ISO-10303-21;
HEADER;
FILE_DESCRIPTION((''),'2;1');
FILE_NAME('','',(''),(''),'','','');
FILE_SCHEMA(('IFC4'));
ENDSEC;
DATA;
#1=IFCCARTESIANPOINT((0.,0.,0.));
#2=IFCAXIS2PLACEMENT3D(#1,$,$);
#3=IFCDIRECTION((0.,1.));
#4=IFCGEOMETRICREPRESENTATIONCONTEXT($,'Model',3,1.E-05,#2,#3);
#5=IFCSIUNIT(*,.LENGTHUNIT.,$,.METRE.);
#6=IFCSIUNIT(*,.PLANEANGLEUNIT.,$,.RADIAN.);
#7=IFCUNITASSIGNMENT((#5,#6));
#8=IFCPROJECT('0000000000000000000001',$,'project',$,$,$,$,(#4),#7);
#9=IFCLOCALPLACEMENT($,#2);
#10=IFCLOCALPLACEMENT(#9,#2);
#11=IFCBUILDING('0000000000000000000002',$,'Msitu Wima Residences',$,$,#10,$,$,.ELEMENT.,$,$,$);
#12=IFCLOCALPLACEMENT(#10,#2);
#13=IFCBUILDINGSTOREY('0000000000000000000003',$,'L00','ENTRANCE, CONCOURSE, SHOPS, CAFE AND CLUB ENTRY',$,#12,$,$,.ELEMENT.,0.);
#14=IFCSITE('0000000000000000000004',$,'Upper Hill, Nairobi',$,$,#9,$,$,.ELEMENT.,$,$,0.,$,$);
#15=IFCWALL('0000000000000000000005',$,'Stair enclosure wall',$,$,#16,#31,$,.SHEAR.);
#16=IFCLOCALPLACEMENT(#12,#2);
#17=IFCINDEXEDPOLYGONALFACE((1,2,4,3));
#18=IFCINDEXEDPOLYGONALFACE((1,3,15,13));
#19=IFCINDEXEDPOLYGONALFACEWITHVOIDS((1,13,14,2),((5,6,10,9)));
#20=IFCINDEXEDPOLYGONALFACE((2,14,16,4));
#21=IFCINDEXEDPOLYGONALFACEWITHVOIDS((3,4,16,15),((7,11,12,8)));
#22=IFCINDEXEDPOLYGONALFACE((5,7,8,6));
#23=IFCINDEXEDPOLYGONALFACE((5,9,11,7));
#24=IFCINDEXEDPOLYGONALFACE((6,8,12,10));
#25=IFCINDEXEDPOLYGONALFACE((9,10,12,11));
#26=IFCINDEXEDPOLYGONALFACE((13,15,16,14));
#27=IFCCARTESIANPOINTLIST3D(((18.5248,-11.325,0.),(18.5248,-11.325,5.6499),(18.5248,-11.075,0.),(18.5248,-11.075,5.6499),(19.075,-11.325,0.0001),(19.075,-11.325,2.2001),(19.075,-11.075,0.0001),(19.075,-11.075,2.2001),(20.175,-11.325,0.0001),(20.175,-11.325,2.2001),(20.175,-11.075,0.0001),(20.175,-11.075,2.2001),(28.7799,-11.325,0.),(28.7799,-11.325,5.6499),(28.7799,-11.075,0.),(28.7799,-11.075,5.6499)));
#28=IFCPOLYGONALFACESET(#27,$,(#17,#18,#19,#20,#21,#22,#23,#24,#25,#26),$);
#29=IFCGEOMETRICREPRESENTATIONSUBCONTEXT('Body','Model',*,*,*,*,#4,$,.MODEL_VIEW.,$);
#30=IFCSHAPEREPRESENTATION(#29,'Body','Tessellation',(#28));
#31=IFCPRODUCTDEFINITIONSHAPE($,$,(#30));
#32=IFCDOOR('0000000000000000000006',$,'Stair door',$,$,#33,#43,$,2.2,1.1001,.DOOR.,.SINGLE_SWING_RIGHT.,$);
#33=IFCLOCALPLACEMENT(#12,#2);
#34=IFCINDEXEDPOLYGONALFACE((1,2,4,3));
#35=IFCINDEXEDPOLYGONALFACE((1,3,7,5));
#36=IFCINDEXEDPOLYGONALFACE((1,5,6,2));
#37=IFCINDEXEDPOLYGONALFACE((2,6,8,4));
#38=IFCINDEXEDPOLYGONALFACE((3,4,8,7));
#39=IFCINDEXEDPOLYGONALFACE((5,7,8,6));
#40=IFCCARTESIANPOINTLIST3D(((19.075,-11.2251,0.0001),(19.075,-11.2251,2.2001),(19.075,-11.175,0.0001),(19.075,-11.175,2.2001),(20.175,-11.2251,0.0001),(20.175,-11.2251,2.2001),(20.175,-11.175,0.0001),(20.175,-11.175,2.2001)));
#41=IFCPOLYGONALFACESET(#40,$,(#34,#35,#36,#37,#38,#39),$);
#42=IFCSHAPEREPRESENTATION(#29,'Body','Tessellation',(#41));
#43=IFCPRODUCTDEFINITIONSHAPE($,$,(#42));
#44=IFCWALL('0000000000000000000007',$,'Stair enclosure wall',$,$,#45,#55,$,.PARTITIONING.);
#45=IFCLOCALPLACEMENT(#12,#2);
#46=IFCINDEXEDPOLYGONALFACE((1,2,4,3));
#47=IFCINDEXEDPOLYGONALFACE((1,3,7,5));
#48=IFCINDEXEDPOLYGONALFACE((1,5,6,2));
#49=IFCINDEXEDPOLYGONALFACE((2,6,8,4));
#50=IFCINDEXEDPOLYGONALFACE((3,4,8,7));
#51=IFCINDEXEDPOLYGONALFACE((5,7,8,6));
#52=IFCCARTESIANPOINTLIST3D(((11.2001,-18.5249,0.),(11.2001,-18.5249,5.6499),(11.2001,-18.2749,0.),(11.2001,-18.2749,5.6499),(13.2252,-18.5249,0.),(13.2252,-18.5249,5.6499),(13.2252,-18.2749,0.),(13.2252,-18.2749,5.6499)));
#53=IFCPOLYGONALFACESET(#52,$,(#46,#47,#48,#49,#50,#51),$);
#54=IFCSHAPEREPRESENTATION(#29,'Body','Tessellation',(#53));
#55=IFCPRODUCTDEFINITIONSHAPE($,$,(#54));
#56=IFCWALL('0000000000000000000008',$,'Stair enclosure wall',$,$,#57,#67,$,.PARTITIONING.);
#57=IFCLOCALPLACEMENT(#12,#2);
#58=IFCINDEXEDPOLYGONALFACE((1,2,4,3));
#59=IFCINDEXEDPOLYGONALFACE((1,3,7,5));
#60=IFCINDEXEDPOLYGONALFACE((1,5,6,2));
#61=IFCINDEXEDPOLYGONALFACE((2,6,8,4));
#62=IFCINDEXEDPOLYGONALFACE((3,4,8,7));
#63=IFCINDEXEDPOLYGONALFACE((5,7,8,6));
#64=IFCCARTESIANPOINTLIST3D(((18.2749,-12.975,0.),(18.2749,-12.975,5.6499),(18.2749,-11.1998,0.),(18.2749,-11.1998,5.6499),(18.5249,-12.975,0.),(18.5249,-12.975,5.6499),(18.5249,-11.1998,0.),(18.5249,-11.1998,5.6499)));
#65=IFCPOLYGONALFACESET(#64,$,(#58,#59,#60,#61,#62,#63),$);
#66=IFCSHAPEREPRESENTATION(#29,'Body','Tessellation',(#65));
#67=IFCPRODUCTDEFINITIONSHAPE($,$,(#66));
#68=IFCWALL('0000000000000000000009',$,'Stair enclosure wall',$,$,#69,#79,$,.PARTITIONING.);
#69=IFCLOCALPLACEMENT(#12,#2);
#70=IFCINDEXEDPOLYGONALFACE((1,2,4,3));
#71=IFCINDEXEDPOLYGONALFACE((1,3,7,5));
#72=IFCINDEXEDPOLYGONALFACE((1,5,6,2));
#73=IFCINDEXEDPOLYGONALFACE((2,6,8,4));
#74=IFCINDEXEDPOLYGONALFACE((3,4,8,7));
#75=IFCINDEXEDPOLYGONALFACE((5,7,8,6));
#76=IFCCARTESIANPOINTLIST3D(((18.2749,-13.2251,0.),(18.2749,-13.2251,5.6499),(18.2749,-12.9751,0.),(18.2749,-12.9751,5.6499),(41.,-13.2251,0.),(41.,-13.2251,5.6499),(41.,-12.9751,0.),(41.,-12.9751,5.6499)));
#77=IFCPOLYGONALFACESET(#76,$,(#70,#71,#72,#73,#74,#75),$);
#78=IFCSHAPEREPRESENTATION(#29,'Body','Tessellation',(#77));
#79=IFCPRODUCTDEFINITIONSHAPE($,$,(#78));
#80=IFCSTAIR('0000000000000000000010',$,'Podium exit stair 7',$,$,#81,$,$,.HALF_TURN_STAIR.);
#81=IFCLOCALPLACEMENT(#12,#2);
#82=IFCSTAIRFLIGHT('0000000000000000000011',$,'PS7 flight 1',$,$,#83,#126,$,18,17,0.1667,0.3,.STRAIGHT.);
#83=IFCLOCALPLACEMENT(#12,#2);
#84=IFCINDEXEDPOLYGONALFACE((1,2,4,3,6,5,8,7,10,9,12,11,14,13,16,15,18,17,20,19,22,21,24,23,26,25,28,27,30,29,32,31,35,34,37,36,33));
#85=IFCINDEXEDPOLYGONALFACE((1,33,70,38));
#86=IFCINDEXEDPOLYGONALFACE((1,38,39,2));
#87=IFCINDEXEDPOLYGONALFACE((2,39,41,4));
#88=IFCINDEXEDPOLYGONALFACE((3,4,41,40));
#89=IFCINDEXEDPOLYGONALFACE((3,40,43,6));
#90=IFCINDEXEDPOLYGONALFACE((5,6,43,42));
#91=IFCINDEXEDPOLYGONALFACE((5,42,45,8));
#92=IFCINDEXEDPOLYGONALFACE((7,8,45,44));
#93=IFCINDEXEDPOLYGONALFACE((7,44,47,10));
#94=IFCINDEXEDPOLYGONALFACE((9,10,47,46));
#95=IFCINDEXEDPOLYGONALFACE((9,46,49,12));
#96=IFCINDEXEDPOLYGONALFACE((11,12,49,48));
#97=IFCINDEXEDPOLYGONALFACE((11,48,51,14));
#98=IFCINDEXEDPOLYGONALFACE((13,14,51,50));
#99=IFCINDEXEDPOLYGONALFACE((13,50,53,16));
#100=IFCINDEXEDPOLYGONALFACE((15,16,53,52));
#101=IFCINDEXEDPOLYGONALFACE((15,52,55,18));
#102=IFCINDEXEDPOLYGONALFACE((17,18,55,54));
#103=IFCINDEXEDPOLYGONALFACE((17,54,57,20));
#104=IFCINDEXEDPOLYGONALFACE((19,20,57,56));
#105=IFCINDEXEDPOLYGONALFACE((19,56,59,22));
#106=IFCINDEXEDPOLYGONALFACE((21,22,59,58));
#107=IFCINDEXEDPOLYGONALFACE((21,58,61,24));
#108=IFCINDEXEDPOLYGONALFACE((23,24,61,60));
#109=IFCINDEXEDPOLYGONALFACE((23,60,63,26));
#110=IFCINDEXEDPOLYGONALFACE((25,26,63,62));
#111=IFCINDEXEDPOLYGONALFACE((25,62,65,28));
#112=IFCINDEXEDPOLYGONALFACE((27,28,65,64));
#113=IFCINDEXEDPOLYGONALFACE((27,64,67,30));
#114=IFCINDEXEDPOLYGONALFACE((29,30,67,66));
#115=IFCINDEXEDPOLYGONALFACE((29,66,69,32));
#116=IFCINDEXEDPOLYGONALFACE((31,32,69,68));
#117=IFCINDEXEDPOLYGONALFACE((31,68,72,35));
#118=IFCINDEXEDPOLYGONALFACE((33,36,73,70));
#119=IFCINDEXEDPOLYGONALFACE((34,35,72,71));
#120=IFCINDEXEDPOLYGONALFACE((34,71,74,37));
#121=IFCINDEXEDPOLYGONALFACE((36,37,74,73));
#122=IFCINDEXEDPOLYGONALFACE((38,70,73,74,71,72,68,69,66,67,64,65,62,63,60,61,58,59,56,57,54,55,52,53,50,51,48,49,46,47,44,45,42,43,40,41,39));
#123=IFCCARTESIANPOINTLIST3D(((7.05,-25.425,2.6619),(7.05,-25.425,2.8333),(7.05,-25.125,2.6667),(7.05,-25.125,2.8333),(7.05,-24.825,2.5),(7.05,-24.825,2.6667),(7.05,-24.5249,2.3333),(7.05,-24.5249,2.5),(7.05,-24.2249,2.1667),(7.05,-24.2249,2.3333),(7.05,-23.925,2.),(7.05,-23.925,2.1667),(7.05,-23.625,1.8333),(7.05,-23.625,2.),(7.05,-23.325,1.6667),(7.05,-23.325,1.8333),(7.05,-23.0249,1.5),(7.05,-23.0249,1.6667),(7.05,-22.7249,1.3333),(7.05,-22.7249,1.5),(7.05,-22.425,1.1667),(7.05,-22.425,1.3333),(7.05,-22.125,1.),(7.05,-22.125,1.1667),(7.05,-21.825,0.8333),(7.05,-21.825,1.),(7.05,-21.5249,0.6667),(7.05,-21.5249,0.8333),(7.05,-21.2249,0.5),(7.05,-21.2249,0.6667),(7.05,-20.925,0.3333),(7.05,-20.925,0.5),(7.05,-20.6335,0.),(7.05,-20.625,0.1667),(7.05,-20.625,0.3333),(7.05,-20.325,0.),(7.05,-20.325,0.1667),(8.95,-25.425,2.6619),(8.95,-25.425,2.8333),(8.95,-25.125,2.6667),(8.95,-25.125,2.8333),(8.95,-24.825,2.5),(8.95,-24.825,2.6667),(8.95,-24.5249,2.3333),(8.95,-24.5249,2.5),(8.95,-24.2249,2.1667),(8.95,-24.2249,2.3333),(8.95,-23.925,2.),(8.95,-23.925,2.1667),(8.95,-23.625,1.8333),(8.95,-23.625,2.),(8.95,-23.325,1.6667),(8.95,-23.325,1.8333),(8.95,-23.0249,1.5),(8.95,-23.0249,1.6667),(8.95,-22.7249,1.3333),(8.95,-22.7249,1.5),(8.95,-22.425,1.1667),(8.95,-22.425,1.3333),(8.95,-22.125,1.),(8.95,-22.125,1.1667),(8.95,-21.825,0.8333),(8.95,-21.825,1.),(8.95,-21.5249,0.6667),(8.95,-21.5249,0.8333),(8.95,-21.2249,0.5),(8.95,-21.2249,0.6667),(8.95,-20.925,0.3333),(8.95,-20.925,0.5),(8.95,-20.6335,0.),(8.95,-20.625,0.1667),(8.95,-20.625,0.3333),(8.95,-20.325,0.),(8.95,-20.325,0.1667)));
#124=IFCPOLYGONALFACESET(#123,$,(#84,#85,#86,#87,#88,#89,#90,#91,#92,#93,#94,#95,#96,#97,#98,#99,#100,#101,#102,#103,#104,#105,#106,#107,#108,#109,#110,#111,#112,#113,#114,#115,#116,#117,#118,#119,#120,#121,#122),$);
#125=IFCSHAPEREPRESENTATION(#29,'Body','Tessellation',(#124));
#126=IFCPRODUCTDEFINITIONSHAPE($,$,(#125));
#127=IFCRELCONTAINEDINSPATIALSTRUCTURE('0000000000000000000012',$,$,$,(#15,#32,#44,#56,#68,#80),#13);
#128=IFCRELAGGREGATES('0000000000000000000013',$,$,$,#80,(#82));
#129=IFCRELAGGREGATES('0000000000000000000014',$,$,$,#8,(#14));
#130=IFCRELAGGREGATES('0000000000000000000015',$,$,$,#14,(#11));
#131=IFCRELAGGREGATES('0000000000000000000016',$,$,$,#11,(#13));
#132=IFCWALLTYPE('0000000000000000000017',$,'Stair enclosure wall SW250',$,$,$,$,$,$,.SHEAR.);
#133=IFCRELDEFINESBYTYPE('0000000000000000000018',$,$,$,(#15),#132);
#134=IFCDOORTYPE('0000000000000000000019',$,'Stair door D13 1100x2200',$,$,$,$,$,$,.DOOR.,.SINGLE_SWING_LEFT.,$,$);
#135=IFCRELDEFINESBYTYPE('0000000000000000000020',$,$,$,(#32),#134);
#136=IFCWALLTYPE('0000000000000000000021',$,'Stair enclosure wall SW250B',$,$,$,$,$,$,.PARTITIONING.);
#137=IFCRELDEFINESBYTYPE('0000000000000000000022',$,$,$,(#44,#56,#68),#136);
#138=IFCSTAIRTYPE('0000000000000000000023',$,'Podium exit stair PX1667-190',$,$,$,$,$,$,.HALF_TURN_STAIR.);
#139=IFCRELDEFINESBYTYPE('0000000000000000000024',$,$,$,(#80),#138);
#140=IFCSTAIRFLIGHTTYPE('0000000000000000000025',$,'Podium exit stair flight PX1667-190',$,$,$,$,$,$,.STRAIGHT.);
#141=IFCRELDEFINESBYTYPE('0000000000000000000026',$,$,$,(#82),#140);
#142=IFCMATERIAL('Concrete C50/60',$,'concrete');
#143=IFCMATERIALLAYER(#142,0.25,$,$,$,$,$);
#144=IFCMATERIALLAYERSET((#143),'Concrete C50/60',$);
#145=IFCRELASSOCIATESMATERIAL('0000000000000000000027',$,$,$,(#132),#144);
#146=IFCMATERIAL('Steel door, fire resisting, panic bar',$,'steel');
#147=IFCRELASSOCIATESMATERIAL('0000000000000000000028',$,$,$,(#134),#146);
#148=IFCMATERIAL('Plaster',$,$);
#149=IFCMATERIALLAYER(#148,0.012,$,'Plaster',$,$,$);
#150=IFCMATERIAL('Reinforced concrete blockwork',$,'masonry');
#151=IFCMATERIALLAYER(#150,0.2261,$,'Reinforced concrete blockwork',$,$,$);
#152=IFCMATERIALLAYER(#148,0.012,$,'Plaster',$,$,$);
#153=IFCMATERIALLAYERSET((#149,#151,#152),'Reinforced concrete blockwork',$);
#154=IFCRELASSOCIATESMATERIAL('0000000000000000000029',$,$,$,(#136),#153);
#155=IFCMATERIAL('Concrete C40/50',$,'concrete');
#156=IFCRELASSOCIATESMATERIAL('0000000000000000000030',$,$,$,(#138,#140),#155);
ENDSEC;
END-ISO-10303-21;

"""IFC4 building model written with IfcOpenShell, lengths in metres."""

from ifc_helpers import new_model, si_unit, direction, frame, frame_2d, origin, place, context, subcontext, project, spatial, polyline, rectangle, outline, extrude, material, layer, layer_set, type_object, element, fill, aggregate, save


model = new_model("IFC4")

# Units and contexts
model_context = context("Model", 3, precision=1e-05, world=origin(), true_north=direction((0.0, 1.0)))
body_context = subcontext(model_context, "Body", "Model", "MODEL_VIEW")
ifc_project = project(units=[si_unit("LENGTHUNIT", "METRE"), si_unit("PLANEANGLEUNIT", "RADIAN")], contexts=[model_context])

# Site, building, storey
site_placement = place(None, origin())
site = spatial("IfcSite", under=ifc_project, at=site_placement, Name="Upper Hill, Nairobi", CompositionType="ELEMENT", RefElevation=0.0)
building_placement = place(site_placement, origin())
building = spatial("IfcBuilding", under=site, at=building_placement, Name="Msitu Wima Residences", CompositionType="ELEMENT")
storey_placement = place(building_placement, origin())
storey = spatial("IfcBuildingStorey", under=building, at=storey_placement, Name="L00", Description="ENTRANCE, CONCOURSE, SHOPS, CAFE AND CLUB ENTRY", CompositionType="ELEMENT", Elevation=0.0)

# Shared definitions
ifc_material_1 = material(Name="Concrete C40/50", Category="concrete")

# Shared definitions
ifc_material_2 = material(Name="Plaster")

# Wall, opening, door
ifc_material_3 = material(Name="Concrete C50/60", Category="concrete")
ifc_layer_1 = layer(ifc_material_3, 0.25)
ifc_layer_set_1 = layer_set([ifc_layer_1], Name="Concrete C50/60")
wall_type_1 = type_object("IfcWallType", Name="Stair enclosure wall SW250", PredefinedType="SHEAR", material=ifc_layer_set_1)
ifc_material_4 = material(Name="Steel door, fire resisting, panic bar", Category="steel")
door_type_1 = type_object("IfcDoorType", Name="Stair door D13 1100x2200", OperationType="SINGLE_SWING_LEFT", PredefinedType="DOOR", material=ifc_material_4)
wall_1_placement = place(storey_placement, frame((18.5249, -11.2, 0.0), z_axis=(0.0, 0.0, 1.0), x_axis=(1.0, 0.0, 0.0)))
wall_1 = element("IfcWall", 1, at=wall_1_placement, inside=storey, type_object=wall_type_1, Name="Stair enclosure wall", PredefinedType="SHEAR", context=body_context, shape_type="SweptSolid", body=[
    extrude(rectangle(XDim=10.2551, YDim=0.25, at=frame_2d((5.1274, 0.0))), origin(), (0.0, 0.0, 1.0), 5.6499),
])
opening_1_placement = place(wall_1_placement, frame((0.55, 0.0, 0.0)))
opening_1 = element("IfcOpeningElement", 2, at=opening_1_placement, cuts=wall_1, PredefinedType="OPENING", context=body_context, shape_type="SweptSolid", body=[
    extrude(rectangle(XDim=1.1001, YDim=2.2, at=frame_2d((0.55, 1.1001))), frame((0.0, 0.135, 0.0), z_axis=(0.0, -1.0, 0.0), x_axis=(1.0, 0.0, 0.0)), (0.0, 0.0, 1.0), 0.27),
])
door_1_placement = place(opening_1_placement, origin())
door_1 = element("IfcDoor", 3, at=door_1_placement, inside=storey, type_object=door_type_1, Name="Stair door", OperationType="SINGLE_SWING_RIGHT", OverallHeight=2.2, OverallWidth=1.1001, PredefinedType="DOOR", context=body_context, shape_type="SweptSolid", body=[
    extrude(rectangle(XDim=1.1001, YDim=2.2, at=frame_2d((0.55, 1.1001))), frame((0.0, 0.0249, 0.0), z_axis=(0.0, -1.0, 0.0), x_axis=(1.0, 0.0, 0.0)), (0.0, 0.0, 1.0), 0.05),
])
fill(opening_1, door_1)

# Walls
ifc_layer_2 = layer(ifc_material_2, 0.012, Name="Plaster")
ifc_material_5 = material(Name="Reinforced concrete blockwork", Category="masonry")
ifc_layer_3 = layer(ifc_material_5, 0.2261, Name="Reinforced concrete blockwork")
ifc_layer_4 = layer(ifc_material_2, 0.012, Name="Plaster")
ifc_layer_set_2 = layer_set([ifc_layer_2, ifc_layer_3, ifc_layer_4], Name="Reinforced concrete blockwork")
wall_type_2 = type_object("IfcWallType", Name="Stair enclosure wall SW250B", PredefinedType="PARTITIONING", material=ifc_layer_set_2)
wall_2_placement = place(storey_placement, frame((11.2, -18.3999, 0.0), z_axis=(0.0, 0.0, 1.0), x_axis=(1.0, 0.0, 0.0)))
element("IfcWall", 4, at=wall_2_placement, inside=storey, type_object=wall_type_2, Name="Stair enclosure wall", PredefinedType="PARTITIONING", context=body_context, shape_type="SweptSolid", body=[
    extrude(rectangle(XDim=2.0251, YDim=0.25, at=frame_2d((1.0127, 0.0))), origin(), (0.0, 0.0, 1.0), 5.6499),
])
wall_3_placement = place(storey_placement, frame((18.3999, -12.9751, 0.0), z_axis=(0.0, 0.0, 1.0), x_axis=(0.0, 1.0, 0.0)))
element("IfcWall", 5, at=wall_3_placement, inside=storey, type_object=wall_type_2, Name="Stair enclosure wall", PredefinedType="PARTITIONING", context=body_context, shape_type="SweptSolid", body=[
    extrude(rectangle(XDim=1.7751, YDim=0.25, at=frame_2d((0.8877, 0.0))), origin(), (0.0, 0.0, 1.0), 5.6499),
])
wall_4_placement = place(storey_placement, frame((18.2749, -13.1001, 0.0), z_axis=(0.0, 0.0, 1.0), x_axis=(1.0, 0.0, 0.0)))
element("IfcWall", 6, at=wall_4_placement, inside=storey, type_object=wall_type_2, Name="Stair enclosure wall", PredefinedType="PARTITIONING", context=body_context, shape_type="SweptSolid", body=[
    extrude(rectangle(XDim=22.7251, YDim=0.25, at=frame_2d((11.3625, 0.0))), origin(), (0.0, 0.0, 1.0), 5.6499),
])

# Stair, stair flight
stair_type = type_object("IfcStairType", Name="Podium exit stair PX1667-190", PredefinedType="HALF_TURN_STAIR", material=ifc_material_1)
stair_placement = place(storey_placement, origin())
stair = element("IfcStair", 7, at=stair_placement, inside=storey, type_object=stair_type, Name="Podium exit stair 7", PredefinedType="HALF_TURN_STAIR")
stair_flight_type = type_object("IfcStairFlightType", Name="Podium exit stair flight PX1667-190", PredefinedType="STRAIGHT", material=ifc_material_1)
stair_flight_placement = place(storey_placement, frame((8.0, -20.325, 0.0), z_axis=(0.0, 0.0, 1.0), x_axis=(0.0, -1.0, 0.0)))
stair_flight = element("IfcStairFlight", 8, at=stair_flight_placement, type_object=stair_flight_type, Name="PS7 flight 1", NumberOfRisers=18, NumberOfTreads=17, PredefinedType="STRAIGHT", RiserHeight=0.1667, TreadLength=0.3, context=body_context, shape_type="SweptSolid", body=[
    extrude(outline(polyline([(0.0, 0.0), (0.0, 0.1667), (0.3, 0.1667), (0.3, 0.3333), (0.6001, 0.3333), (0.6001, 0.5), (0.8999, 0.5), (0.8999, 0.6667), (1.2, 0.6667), (1.2, 0.8333), (1.5, 0.8333), (1.5, 1.0), (1.8, 1.0), (1.8, 1.1667), (2.1001, 1.1667), (2.1001, 1.3333), (2.3999, 1.3333), (2.3999, 1.5), (2.7, 1.5), (2.7, 1.6667), (3.0, 1.6667), (3.0, 1.8333), (3.3, 1.8333), (3.3, 2.0), (3.6001, 2.0), (3.6001, 2.1667), (3.8999, 2.1667), (3.8999, 2.3333), (4.2, 2.3333), (4.2, 2.5), (4.5, 2.5), (4.5, 2.6667), (4.8, 2.6667), (4.8, 2.8333), (5.1001, 2.8333), (5.1001, 3.0), (5.1001, 2.6619), (0.3086, 0.0), (0.0, 0.0)])), frame((0.0, 0.95, 0.0), z_axis=(0.0, -1.0, 0.0), x_axis=(1.0, 0.0, 0.0)), (0.0, 0.0, 1.0), 1.8999),
])
aggregate(stair, [stair_flight])

save(model, "model.ifc")
